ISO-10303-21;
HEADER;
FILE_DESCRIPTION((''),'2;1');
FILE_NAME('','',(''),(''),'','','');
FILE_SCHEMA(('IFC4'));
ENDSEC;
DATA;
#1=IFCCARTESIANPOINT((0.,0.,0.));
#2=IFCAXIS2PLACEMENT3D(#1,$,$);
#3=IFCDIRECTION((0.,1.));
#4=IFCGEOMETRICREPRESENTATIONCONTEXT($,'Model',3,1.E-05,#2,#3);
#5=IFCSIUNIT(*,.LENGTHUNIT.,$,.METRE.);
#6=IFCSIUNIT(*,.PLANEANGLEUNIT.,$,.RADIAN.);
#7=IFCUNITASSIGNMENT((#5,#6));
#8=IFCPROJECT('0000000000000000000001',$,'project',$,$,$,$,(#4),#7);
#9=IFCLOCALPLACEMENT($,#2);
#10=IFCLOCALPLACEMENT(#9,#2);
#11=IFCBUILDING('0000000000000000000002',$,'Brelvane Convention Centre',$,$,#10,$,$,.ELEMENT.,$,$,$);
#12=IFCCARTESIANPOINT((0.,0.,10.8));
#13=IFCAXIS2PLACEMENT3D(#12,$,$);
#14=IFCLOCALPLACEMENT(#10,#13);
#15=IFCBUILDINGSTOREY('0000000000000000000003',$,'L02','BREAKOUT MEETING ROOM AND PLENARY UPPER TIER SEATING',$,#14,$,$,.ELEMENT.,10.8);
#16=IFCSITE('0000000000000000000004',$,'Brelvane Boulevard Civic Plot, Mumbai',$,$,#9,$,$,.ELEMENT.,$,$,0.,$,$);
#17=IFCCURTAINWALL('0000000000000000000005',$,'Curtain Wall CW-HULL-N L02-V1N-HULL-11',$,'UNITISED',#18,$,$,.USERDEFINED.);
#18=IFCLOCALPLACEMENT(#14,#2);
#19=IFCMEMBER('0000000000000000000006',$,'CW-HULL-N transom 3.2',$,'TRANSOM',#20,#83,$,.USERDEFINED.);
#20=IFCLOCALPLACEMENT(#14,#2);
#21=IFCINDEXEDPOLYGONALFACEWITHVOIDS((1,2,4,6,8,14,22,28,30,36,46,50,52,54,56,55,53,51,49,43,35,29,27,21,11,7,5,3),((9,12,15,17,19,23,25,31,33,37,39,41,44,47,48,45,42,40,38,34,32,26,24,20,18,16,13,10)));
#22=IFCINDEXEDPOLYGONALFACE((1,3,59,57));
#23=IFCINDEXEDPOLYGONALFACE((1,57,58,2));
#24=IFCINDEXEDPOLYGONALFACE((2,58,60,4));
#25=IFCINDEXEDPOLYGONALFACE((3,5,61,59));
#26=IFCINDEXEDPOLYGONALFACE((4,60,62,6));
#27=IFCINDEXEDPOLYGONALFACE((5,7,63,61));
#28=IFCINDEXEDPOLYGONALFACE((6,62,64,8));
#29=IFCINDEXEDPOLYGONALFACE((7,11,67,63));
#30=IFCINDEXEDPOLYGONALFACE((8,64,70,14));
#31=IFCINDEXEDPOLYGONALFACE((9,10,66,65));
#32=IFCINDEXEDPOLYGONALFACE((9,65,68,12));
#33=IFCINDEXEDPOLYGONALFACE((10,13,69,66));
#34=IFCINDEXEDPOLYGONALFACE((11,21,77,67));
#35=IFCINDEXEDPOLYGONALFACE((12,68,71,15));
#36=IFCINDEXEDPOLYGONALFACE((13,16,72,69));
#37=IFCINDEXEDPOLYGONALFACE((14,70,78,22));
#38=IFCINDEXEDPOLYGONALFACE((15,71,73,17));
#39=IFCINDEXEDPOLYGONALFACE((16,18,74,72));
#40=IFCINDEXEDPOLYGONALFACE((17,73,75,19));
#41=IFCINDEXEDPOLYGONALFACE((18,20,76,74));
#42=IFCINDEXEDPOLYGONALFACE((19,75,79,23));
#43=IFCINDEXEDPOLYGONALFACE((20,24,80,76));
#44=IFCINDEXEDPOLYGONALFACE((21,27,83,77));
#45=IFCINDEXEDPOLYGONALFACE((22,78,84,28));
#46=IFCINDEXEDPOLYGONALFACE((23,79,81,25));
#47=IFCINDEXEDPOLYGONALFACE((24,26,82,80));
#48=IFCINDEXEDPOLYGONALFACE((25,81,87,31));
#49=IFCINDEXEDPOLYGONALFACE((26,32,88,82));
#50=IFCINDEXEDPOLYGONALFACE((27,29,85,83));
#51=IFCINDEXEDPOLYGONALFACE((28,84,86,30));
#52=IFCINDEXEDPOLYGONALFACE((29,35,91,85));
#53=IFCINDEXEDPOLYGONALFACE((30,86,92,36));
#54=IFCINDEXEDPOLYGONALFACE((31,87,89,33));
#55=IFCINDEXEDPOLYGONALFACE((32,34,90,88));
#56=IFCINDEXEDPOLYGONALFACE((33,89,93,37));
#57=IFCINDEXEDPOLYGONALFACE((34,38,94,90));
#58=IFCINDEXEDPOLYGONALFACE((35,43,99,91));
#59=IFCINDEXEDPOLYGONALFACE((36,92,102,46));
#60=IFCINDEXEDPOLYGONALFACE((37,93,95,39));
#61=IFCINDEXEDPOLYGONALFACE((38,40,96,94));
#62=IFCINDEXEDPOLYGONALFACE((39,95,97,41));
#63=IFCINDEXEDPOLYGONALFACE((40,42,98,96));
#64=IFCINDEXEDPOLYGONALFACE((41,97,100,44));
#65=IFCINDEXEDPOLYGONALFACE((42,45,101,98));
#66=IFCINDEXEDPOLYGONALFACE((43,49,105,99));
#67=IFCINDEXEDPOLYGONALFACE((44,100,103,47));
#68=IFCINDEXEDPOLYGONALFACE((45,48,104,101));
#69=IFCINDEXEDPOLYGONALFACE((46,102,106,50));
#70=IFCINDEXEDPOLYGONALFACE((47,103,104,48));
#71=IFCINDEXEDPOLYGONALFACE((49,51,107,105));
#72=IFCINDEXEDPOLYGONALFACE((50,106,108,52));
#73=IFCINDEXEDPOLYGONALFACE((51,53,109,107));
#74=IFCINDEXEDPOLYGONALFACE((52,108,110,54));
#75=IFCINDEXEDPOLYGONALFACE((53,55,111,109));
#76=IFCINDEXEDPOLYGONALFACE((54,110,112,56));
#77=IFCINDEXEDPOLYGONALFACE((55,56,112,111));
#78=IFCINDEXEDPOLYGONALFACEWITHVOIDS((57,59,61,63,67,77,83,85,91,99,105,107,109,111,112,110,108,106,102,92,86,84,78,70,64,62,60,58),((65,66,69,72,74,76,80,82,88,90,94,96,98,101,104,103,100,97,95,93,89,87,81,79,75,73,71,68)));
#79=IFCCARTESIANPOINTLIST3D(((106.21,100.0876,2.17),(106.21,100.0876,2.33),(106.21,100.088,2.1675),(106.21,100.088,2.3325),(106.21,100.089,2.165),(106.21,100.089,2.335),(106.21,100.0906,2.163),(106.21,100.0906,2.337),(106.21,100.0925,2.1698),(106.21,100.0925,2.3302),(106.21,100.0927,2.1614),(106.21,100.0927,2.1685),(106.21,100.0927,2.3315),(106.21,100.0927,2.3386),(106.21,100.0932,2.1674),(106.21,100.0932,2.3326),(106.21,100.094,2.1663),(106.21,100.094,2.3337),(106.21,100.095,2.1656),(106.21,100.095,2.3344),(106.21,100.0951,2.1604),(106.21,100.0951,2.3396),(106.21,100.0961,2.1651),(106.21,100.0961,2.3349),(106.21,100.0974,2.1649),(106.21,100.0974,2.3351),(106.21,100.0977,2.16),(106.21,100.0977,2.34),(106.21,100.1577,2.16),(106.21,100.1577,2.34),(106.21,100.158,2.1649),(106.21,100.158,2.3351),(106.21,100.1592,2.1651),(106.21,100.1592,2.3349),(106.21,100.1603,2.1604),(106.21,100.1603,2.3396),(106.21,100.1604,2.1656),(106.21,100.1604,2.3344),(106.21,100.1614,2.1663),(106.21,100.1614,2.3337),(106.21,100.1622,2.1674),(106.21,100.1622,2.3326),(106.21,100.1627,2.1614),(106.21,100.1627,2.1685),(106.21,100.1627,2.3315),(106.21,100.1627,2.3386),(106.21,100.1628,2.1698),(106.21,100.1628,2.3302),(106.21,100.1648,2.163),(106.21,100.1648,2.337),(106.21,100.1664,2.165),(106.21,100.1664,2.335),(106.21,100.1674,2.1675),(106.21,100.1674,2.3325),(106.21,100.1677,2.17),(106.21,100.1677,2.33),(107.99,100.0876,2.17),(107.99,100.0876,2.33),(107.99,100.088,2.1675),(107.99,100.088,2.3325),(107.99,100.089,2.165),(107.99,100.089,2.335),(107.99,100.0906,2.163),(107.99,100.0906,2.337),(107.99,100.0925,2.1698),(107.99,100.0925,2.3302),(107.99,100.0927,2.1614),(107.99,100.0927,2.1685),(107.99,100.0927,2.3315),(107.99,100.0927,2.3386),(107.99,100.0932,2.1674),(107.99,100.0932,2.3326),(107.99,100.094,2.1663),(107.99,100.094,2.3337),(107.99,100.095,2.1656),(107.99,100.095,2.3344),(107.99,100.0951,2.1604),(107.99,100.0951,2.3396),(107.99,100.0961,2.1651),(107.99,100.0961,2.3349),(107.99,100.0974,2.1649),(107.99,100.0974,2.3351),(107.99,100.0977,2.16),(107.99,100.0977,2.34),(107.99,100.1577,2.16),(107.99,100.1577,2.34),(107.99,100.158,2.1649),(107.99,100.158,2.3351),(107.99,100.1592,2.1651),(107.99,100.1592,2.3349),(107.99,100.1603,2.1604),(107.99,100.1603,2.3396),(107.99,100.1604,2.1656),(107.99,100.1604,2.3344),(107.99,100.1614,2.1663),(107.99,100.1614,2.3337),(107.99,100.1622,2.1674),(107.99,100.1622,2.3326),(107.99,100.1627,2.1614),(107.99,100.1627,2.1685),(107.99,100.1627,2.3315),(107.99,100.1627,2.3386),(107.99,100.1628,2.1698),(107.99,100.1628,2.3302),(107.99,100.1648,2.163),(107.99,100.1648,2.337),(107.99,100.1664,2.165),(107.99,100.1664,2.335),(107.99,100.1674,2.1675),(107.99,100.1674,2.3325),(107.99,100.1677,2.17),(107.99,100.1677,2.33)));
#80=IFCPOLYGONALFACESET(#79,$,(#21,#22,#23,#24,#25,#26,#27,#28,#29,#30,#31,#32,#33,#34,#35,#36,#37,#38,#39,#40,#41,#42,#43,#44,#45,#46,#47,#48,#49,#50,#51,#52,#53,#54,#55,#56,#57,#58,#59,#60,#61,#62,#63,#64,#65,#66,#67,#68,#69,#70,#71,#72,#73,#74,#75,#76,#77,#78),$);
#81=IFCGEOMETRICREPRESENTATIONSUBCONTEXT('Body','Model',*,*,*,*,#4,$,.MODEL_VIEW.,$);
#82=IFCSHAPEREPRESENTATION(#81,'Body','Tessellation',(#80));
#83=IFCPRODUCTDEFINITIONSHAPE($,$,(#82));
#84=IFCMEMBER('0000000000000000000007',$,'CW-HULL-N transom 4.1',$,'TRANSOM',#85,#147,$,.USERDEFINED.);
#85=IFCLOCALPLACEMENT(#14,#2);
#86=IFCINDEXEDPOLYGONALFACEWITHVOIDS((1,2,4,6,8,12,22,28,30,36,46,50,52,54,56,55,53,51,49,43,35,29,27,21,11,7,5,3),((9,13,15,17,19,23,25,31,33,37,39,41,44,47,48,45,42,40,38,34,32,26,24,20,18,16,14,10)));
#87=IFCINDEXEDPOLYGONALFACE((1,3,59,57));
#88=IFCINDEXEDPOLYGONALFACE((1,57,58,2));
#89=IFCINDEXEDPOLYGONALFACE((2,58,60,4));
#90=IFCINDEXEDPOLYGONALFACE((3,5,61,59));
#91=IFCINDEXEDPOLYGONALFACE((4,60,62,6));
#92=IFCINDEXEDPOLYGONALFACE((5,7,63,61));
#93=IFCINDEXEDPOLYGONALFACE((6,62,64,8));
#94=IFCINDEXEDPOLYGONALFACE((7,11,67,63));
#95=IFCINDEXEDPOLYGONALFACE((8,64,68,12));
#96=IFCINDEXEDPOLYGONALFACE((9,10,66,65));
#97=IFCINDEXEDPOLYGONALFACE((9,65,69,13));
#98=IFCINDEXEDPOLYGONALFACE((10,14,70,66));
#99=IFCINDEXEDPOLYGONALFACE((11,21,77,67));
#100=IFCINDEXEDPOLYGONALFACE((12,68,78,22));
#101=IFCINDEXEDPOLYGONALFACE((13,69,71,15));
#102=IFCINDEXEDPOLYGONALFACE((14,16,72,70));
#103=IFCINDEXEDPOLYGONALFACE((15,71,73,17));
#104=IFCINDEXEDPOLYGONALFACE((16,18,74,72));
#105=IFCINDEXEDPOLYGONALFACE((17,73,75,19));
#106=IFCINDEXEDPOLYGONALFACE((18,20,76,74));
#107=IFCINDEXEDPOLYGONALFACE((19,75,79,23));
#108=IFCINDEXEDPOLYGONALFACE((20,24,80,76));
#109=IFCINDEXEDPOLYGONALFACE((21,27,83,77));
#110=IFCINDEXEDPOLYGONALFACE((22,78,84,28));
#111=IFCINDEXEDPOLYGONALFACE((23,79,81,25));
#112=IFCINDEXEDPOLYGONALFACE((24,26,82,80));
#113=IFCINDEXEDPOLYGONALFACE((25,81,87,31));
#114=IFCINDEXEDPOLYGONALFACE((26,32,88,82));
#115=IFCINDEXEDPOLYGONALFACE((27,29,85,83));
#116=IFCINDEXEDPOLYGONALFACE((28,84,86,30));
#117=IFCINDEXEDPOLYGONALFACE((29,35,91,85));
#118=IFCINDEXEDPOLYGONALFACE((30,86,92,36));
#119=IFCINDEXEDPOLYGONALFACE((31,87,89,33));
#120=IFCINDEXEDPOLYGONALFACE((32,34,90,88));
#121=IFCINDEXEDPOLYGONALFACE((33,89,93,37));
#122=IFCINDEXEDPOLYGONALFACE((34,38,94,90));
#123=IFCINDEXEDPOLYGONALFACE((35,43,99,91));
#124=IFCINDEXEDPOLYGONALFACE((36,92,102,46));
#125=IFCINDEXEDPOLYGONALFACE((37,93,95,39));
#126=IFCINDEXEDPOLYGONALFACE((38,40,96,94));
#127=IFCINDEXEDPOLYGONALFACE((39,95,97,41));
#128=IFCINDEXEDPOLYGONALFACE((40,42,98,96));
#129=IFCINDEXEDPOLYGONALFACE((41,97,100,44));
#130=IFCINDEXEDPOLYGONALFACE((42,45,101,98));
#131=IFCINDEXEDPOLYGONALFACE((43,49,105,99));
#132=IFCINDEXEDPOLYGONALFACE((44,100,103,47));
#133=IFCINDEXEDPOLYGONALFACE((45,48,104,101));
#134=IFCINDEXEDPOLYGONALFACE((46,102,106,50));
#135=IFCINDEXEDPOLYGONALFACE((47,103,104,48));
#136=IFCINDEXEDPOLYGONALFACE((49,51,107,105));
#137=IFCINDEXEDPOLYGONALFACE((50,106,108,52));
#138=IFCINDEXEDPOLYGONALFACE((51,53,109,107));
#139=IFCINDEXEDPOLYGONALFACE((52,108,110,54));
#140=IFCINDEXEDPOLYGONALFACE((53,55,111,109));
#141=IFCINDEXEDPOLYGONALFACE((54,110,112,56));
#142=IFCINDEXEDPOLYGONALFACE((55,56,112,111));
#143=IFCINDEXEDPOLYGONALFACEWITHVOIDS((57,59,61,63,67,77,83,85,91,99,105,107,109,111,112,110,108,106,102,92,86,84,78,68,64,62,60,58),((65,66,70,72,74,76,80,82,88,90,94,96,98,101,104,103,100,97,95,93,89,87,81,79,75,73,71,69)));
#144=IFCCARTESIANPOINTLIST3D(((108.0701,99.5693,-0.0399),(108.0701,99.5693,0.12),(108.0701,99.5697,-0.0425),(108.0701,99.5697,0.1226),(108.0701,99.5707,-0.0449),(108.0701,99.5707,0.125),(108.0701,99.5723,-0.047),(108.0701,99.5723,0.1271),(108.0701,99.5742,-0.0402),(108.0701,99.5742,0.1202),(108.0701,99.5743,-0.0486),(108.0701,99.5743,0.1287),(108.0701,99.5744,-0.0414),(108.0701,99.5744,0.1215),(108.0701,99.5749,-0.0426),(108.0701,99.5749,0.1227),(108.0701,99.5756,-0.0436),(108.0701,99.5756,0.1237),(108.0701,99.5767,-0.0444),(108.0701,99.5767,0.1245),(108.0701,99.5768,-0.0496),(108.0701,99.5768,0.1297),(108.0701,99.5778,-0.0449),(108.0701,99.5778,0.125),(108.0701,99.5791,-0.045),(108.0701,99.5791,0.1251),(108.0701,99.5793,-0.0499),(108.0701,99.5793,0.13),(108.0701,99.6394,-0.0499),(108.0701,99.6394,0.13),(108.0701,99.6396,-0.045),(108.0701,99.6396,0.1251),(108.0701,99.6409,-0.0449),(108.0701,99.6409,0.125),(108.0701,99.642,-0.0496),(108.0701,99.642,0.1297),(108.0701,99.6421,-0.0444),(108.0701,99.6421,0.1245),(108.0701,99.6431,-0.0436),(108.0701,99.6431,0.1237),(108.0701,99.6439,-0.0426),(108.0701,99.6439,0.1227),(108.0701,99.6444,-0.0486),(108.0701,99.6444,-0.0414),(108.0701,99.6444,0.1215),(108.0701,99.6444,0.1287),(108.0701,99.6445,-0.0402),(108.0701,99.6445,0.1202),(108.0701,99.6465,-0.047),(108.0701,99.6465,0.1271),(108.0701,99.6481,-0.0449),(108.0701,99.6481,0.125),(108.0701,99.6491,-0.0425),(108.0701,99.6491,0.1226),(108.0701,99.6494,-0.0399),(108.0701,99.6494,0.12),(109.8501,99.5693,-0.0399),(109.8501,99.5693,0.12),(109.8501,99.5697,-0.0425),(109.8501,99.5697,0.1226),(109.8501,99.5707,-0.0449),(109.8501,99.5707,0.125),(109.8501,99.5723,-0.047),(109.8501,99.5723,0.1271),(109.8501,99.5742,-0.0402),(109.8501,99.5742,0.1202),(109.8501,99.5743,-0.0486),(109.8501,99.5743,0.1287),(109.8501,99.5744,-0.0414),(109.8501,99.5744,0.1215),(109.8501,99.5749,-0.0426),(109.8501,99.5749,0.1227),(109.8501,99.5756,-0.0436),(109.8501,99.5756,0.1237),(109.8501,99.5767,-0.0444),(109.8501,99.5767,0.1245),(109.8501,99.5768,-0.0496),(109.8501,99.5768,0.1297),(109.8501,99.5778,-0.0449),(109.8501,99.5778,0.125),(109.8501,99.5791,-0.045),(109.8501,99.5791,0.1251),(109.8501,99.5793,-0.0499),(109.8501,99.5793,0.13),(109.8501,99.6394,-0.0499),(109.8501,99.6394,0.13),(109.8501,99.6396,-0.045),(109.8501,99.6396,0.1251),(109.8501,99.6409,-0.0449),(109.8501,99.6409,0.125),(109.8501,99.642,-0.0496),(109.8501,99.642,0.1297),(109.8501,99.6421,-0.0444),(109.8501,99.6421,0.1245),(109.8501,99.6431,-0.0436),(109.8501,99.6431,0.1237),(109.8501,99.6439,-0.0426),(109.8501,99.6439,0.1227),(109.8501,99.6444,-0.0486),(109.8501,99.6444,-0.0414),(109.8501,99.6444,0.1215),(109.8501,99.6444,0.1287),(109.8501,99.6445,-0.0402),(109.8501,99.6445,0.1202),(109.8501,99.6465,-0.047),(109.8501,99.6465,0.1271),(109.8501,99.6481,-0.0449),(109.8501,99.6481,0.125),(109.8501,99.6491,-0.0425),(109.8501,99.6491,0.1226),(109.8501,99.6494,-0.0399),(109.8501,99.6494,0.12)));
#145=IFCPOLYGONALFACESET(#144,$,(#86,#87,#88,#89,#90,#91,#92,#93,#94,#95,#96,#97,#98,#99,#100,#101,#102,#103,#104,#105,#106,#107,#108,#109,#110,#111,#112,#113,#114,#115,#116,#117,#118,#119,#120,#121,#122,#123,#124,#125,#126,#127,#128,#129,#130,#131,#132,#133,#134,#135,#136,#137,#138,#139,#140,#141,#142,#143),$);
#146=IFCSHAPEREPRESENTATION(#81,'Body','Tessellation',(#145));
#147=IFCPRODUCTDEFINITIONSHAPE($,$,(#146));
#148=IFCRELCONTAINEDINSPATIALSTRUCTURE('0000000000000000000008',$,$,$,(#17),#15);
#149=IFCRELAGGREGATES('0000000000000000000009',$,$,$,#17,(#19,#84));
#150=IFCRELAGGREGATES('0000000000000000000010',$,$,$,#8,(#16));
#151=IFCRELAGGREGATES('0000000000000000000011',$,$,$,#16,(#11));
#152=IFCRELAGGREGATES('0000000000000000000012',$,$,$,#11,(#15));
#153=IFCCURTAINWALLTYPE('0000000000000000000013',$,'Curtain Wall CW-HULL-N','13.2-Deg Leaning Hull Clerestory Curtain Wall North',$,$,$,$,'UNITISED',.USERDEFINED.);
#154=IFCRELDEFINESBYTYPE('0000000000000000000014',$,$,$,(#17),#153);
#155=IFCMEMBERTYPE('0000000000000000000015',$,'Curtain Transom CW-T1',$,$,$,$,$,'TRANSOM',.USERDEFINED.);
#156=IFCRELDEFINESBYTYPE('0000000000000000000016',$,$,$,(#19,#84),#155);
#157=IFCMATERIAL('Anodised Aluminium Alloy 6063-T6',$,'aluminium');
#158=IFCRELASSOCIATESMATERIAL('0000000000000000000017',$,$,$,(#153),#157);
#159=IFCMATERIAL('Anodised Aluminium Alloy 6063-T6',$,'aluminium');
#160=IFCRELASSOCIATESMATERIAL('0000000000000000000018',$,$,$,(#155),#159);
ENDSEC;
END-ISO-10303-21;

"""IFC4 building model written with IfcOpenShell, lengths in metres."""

from ifc_helpers import new_model, si_unit, direction, frame, origin, origin_2d, place, context, subcontext, project, spatial, hollow_rectangle, extrude, material, material_profile, profile_set, type_object, element, aggregate, save


model = new_model("IFC4")

# Units and contexts
model_context = context("Model", 3, precision=1e-05, world=origin(), true_north=direction((0.0, 1.0)))
body_context = subcontext(model_context, "Body", "Model", "MODEL_VIEW")
ifc_project = project(units=[si_unit("LENGTHUNIT", "METRE"), si_unit("PLANEANGLEUNIT", "RADIAN")], contexts=[model_context])

# Site, building, storey
site_placement = place(None, origin())
site = spatial("IfcSite", under=ifc_project, at=site_placement, Name="Brelvane Boulevard Civic Plot, Mumbai", CompositionType="ELEMENT", RefElevation=0.0)
building_placement = place(site_placement, origin())
building = spatial("IfcBuilding", under=site, at=building_placement, Name="Brelvane Convention Centre", CompositionType="ELEMENT")
storey_placement = place(building_placement, frame((0.0, 0.0, 10.8)))
storey = spatial("IfcBuildingStorey", under=building, at=storey_placement, Name="L02", Description="BREAKOUT MEETING ROOM AND PLENARY UPPER TIER SEATING", CompositionType="ELEMENT", Elevation=10.8)

# Curtain wall
ifc_material_1 = material(Name="Anodised Aluminium Alloy 6063-T6", Category="aluminium")
curtain_wall_type = type_object("IfcCurtainWallType", Name="Curtain Wall CW-HULL-N", Description="13.2-Deg Leaning Hull Clerestory Curtain Wall North", ElementType="UNITISED", PredefinedType="USERDEFINED", material=ifc_material_1)
curtain_wall_1_placement = place(storey_placement, origin())
curtain_wall_1 = element("IfcCurtainWall", 1, at=curtain_wall_1_placement, inside=storey, type_object=curtain_wall_type, Name="Curtain Wall CW-HULL-N L02-V1N-HULL-11", ObjectType="UNITISED", PredefinedType="USERDEFINED")

# Members
ifc_material_2 = material(Name="Anodised Aluminium Alloy 6063-T6", Category="aluminium")
ifc_material_profile_1 = material_profile(ifc_material_2, hollow_rectangle(XDim=0.0801, YDim=0.1799, WallThickness=0.0049, InnerFilletRadius=0.0049, OuterFilletRadius=0.01, at=origin_2d()), Name="ALU-T 180x80x5.0")
ifc_profile_set_1 = profile_set([ifc_material_profile_1], Name="Anodised Aluminium Alloy 6063-T6")
member_type_1 = type_object("IfcMemberType", Name="Curtain Transom CW-T1", ElementType="TRANSOM", PredefinedType="USERDEFINED", material=ifc_profile_set_1)
member_1_placement = place(storey_placement, frame((106.21, 100.1277, 2.25), z_axis=(1.0, 0.0, 0.0), x_axis=(0.0, 1.0, 0.0)))
member_1 = element("IfcMember", 2, at=member_1_placement, type_object=member_type_1, Name="CW-HULL-N transom 3.2", ObjectType="TRANSOM", PredefinedType="USERDEFINED", context=body_context, shape_type="SweptSolid", body=[
    extrude(hollow_rectangle(XDim=0.0801, YDim=0.1799, WallThickness=0.0049, InnerFilletRadius=0.0049, OuterFilletRadius=0.01, at=origin_2d()), origin(), (0.0, 0.0, 1.0), 1.78),
])
member_2_placement = place(storey_placement, frame((108.0701, 99.6094, 0.04), z_axis=(1.0, 0.0, 0.0), x_axis=(0.0, 1.0, 0.0)))
member_2 = element("IfcMember", 3, at=member_2_placement, type_object=member_type_1, Name="CW-HULL-N transom 4.1", ObjectType="TRANSOM", PredefinedType="USERDEFINED", context=body_context, shape_type="SweptSolid", body=[
    extrude(hollow_rectangle(XDim=0.0801, YDim=0.1799, WallThickness=0.0049, InnerFilletRadius=0.0049, OuterFilletRadius=0.01, at=origin_2d()), origin(), (0.0, 0.0, 1.0), 1.78),
])

aggregate(curtain_wall_1, [member_1, member_2])

save(model, "model.ifc")
